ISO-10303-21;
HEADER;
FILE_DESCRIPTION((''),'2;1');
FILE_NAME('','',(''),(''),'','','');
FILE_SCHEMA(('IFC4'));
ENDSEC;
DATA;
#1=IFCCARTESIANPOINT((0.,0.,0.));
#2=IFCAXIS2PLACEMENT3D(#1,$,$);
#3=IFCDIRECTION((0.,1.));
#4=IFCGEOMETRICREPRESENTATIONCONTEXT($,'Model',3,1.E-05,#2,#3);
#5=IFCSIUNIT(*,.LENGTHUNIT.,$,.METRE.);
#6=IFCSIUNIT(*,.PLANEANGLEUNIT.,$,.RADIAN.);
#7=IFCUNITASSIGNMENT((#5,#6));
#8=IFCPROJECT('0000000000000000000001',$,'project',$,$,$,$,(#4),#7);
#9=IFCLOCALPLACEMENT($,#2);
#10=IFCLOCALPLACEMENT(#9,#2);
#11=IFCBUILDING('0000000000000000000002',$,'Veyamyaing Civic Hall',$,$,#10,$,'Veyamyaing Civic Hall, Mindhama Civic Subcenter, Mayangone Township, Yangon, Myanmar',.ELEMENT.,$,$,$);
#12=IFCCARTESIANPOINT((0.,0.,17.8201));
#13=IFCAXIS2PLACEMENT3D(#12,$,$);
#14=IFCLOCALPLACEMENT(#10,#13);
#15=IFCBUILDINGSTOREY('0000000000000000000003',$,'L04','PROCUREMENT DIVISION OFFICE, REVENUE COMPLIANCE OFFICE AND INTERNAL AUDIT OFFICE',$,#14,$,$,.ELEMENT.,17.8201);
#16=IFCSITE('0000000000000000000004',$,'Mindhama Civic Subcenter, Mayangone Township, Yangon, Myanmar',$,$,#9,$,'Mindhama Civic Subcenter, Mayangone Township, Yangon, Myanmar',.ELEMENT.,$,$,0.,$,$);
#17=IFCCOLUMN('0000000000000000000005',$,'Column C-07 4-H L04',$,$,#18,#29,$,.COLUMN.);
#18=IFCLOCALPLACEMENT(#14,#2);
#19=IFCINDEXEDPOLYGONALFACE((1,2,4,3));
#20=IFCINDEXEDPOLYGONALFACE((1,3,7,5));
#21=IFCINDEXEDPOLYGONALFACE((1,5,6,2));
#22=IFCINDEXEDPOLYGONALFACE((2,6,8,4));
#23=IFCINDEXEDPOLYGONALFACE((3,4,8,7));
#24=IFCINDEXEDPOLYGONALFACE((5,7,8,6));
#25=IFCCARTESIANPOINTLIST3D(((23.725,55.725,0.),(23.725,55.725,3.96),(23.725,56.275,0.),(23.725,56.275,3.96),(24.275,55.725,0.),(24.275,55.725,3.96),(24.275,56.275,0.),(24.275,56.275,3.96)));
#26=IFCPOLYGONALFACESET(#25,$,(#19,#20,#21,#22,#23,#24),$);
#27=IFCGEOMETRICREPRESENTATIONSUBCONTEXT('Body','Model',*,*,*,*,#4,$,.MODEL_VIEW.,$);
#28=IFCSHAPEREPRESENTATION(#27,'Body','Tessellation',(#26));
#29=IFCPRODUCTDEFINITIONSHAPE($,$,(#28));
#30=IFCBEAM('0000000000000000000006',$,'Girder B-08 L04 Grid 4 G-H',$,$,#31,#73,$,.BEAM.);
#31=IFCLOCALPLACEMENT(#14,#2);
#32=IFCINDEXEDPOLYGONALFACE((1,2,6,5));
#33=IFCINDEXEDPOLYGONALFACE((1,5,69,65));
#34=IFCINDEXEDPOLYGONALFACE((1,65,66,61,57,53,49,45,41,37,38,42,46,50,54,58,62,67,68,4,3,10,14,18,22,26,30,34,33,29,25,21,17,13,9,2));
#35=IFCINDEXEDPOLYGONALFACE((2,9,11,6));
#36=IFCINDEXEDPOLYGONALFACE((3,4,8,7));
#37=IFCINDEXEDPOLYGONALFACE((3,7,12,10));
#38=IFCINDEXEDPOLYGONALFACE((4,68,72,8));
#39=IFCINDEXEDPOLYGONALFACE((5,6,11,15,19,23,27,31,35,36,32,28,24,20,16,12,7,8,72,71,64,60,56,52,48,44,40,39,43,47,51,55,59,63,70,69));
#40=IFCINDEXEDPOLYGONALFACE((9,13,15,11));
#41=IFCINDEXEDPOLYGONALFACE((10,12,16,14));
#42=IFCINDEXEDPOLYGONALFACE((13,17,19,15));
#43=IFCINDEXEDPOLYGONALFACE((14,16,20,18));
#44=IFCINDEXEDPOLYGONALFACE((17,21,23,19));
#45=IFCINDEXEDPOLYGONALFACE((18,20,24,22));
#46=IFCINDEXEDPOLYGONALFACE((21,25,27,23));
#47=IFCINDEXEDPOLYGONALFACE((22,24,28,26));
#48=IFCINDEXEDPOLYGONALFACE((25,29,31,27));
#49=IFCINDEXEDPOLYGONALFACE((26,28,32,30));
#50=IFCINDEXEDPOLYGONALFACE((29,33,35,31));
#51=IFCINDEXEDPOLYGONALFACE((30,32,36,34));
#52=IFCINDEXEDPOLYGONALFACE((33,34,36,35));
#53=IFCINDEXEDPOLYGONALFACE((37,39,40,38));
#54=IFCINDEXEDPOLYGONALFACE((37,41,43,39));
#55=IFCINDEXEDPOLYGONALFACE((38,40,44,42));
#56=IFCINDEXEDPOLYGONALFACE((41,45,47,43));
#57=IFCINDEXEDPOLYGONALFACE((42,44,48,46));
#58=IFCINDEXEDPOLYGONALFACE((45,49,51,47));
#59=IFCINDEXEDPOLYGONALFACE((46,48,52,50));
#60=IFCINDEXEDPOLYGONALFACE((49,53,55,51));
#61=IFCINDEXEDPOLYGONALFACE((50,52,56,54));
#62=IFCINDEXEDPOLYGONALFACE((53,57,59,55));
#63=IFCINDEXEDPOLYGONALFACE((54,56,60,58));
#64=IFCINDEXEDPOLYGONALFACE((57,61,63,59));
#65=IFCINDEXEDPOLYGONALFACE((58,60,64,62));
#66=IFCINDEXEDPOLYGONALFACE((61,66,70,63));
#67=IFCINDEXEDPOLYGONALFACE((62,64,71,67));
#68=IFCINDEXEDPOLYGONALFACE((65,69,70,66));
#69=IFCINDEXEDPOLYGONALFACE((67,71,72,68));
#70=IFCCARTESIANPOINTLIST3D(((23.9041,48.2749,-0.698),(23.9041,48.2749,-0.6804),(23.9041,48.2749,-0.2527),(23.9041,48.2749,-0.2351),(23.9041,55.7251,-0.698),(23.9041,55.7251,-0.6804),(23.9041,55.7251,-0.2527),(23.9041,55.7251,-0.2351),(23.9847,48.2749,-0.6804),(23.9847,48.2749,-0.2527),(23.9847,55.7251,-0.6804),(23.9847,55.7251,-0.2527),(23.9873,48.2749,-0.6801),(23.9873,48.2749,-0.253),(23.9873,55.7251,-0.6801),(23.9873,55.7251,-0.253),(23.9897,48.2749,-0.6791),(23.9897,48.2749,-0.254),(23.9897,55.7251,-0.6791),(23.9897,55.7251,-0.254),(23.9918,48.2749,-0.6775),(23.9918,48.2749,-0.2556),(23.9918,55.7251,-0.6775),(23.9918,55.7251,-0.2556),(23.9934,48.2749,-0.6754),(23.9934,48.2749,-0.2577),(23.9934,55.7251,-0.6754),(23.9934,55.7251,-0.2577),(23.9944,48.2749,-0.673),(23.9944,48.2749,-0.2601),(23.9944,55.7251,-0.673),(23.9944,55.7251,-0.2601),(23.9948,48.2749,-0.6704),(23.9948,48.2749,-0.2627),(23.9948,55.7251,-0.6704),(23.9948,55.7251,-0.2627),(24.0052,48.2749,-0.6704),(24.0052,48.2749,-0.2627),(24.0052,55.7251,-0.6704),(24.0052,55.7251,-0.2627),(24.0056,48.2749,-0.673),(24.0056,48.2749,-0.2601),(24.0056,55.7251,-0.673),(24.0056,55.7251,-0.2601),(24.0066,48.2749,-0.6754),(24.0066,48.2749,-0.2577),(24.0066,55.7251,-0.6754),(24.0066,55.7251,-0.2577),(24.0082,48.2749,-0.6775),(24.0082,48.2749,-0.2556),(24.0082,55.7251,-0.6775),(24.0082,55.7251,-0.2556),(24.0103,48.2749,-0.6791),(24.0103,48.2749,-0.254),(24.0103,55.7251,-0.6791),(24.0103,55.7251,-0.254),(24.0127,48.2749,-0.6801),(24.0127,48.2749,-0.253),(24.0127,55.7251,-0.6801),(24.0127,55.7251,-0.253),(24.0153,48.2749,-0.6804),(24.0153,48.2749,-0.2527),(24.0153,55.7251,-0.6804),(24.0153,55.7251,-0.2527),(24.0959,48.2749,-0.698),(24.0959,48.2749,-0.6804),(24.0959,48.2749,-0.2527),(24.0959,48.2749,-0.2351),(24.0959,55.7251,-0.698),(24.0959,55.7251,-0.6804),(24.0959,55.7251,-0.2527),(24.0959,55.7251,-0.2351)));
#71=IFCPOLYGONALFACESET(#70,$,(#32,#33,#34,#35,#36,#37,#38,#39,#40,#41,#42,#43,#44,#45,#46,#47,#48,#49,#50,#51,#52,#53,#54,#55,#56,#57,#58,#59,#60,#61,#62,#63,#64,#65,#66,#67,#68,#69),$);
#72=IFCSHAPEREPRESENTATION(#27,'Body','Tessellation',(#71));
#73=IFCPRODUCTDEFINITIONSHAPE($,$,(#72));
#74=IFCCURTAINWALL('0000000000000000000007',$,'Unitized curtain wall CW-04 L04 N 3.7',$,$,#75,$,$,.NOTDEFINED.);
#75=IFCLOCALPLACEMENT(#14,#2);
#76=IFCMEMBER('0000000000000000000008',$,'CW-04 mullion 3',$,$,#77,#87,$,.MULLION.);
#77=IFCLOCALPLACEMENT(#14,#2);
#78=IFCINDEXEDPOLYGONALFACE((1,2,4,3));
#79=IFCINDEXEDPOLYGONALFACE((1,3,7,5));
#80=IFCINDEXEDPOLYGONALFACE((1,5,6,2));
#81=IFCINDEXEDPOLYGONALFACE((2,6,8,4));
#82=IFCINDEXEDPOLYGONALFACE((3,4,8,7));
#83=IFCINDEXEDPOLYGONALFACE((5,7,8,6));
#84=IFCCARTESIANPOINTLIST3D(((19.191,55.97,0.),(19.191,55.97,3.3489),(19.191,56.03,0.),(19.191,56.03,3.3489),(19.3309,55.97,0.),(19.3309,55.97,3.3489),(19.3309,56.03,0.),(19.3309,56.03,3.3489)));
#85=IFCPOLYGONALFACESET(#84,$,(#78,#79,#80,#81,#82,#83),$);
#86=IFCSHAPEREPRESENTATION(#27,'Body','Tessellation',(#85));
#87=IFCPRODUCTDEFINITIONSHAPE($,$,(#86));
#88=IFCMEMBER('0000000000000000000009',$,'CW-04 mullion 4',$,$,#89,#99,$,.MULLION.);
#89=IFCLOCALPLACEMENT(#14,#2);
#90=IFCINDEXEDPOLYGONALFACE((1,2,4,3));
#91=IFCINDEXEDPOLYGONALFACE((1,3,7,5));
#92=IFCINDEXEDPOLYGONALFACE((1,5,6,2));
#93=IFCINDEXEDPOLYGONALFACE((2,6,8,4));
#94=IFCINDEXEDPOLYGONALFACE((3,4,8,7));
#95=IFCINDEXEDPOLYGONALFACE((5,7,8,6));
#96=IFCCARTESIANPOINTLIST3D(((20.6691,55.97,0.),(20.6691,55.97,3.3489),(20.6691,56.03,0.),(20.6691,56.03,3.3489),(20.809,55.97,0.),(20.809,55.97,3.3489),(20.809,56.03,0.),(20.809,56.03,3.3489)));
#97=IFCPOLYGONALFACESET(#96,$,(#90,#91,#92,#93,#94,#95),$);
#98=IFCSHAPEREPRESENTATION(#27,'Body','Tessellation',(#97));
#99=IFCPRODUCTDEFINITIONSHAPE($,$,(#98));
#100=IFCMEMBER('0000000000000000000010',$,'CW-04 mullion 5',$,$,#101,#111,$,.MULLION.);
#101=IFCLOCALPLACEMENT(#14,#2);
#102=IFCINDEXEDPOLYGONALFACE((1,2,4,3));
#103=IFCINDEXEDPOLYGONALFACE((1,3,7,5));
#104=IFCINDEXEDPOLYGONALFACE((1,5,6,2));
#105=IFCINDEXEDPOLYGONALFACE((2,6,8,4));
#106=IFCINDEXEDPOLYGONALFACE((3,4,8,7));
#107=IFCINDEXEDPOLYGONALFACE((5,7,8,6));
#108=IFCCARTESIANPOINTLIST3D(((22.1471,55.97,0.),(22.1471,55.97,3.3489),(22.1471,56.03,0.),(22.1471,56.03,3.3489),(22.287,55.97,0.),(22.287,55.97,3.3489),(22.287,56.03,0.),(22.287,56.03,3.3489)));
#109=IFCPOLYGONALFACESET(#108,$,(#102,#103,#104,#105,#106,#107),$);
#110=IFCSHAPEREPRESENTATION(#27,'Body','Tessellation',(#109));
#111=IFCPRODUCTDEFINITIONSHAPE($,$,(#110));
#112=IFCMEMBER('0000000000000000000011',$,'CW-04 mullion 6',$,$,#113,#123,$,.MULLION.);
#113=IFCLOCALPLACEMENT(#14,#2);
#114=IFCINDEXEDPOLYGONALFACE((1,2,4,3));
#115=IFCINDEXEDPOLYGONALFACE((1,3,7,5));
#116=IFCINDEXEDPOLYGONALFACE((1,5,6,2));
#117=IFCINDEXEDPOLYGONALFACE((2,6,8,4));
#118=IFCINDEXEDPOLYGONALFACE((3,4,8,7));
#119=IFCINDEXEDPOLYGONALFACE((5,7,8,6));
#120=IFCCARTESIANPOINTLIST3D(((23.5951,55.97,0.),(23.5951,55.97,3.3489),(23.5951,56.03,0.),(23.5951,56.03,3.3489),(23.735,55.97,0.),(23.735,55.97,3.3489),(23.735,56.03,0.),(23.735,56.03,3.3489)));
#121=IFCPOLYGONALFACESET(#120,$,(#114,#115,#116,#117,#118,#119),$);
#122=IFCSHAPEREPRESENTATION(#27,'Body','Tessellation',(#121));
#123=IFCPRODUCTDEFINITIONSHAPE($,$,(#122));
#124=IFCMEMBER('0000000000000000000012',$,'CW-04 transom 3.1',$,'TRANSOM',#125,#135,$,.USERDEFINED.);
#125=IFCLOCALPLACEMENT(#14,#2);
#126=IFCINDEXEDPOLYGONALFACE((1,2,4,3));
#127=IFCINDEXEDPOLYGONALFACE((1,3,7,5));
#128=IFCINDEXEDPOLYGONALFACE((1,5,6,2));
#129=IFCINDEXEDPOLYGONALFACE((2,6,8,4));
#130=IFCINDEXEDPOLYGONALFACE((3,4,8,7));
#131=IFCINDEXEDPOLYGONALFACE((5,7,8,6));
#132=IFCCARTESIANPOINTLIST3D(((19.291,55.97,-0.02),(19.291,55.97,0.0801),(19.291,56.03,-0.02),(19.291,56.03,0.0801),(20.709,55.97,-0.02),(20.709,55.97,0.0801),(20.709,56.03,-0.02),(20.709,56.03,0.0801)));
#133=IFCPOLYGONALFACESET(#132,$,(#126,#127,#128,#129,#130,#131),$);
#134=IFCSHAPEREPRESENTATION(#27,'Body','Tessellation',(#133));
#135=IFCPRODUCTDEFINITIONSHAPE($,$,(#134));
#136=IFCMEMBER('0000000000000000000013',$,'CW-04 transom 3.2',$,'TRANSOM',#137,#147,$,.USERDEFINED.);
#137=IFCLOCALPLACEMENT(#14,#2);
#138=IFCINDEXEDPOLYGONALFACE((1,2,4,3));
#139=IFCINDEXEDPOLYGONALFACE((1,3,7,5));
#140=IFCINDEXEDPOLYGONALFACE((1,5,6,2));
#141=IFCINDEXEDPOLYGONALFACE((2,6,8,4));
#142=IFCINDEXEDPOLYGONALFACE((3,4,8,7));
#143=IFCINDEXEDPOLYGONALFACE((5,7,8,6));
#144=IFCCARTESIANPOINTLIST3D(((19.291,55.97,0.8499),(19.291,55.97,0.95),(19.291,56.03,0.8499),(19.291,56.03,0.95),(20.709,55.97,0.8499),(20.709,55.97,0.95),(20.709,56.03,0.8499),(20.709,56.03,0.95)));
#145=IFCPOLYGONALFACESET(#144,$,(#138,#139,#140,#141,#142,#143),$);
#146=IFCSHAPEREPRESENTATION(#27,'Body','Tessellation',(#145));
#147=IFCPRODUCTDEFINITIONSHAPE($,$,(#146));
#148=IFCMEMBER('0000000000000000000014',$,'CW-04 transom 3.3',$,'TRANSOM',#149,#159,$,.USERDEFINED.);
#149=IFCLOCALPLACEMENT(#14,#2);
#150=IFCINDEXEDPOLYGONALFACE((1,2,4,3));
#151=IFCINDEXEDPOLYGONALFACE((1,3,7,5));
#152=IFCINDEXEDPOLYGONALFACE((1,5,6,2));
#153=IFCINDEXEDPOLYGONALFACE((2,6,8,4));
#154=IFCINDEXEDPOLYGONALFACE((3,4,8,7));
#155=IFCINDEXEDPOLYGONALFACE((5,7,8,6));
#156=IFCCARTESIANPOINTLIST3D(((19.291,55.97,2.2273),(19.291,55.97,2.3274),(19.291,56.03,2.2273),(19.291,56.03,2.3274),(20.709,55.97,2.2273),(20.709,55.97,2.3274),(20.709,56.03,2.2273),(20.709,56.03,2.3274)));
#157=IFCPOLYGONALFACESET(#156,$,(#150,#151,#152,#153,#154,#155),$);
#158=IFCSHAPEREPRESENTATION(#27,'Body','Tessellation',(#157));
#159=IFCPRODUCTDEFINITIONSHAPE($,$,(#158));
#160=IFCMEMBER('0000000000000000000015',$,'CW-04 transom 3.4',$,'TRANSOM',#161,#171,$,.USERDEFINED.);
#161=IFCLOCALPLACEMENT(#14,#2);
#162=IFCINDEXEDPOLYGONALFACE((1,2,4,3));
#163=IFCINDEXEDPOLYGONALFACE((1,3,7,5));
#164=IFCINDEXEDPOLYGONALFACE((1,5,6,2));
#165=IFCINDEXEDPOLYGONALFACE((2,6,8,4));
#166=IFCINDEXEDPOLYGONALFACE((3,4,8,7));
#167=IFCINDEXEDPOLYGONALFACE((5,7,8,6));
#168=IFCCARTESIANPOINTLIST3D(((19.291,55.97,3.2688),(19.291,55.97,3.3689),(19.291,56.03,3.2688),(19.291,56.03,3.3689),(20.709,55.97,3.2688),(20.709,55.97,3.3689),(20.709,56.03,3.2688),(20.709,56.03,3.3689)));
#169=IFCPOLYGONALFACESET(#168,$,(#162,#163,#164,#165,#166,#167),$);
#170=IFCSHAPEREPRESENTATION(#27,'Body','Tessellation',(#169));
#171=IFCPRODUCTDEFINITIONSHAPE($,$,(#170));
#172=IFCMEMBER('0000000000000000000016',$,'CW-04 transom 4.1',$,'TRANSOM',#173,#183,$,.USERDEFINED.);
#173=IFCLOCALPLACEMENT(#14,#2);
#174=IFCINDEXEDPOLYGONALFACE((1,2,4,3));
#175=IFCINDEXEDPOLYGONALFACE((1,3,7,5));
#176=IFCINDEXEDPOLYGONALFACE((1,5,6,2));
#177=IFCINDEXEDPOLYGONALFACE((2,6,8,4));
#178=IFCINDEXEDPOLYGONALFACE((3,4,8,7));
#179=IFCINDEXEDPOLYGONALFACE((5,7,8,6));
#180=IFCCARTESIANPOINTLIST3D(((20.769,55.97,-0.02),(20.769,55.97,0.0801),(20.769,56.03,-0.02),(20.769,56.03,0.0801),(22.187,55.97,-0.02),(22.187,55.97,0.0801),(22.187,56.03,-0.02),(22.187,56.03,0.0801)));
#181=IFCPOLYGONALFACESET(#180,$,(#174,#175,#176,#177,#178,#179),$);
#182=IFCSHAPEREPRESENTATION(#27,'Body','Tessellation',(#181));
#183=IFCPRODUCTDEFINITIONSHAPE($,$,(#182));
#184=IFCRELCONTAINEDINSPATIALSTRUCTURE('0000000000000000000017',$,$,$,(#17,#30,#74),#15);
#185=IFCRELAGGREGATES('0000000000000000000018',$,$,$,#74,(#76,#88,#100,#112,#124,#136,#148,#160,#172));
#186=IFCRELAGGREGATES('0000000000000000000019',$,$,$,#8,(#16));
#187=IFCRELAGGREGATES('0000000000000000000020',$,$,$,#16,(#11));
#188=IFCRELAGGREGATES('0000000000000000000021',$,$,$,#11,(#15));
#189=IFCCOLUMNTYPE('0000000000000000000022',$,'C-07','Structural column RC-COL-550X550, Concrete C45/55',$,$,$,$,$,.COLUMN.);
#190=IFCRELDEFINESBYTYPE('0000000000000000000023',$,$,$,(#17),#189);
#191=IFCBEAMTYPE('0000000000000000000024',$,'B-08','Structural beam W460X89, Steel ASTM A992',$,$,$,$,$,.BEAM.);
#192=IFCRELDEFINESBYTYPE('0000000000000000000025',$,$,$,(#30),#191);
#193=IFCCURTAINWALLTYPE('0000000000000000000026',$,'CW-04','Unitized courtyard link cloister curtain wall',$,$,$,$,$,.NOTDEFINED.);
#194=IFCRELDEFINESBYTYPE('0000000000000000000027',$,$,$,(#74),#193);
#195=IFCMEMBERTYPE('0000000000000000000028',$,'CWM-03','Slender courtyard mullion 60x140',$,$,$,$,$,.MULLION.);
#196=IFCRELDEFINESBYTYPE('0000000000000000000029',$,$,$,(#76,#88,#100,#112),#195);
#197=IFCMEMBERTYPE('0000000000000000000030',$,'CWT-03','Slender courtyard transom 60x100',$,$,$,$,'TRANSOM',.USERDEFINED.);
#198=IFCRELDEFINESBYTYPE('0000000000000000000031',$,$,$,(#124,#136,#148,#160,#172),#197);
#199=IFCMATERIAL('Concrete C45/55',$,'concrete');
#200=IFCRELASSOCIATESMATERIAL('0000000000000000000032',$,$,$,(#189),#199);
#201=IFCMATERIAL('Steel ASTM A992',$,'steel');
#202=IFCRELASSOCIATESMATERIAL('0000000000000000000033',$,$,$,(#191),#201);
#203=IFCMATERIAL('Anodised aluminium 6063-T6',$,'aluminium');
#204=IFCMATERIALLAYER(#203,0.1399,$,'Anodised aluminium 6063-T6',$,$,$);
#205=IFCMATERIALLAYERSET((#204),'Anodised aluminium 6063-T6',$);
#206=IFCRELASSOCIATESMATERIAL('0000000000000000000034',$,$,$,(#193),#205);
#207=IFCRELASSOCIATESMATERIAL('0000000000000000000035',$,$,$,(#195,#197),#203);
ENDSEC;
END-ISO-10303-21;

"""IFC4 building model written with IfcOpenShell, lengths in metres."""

from ifc_helpers import new_model, si_unit, direction, frame, origin, origin_2d, place, context, subcontext, project, spatial, rectangle, i_section, extrude, material, layer, layer_set, material_profile, profile_set, type_object, element, aggregate, save


model = new_model("IFC4")

# Units and contexts
model_context = context("Model", 3, precision=1e-05, world=origin(), true_north=direction((0.0, 1.0)))
body_context = subcontext(model_context, "Body", "Model", "MODEL_VIEW")
ifc_project = project(units=[si_unit("LENGTHUNIT", "METRE"), si_unit("PLANEANGLEUNIT", "RADIAN")], contexts=[model_context])

# Site, building, storey
site_placement = place(None, origin())
site = spatial("IfcSite", under=ifc_project, at=site_placement, Name="Mindhama Civic Subcenter, Mayangone Township, Yangon, Myanmar", LongName="Mindhama Civic Subcenter, Mayangone Township, Yangon, Myanmar", CompositionType="ELEMENT", RefElevation=0.0)
building_placement = place(site_placement, origin())
building = spatial("IfcBuilding", under=site, at=building_placement, Name="Veyamyaing Civic Hall", LongName="Veyamyaing Civic Hall, Mindhama Civic Subcenter, Mayangone Township, Yangon, Myanmar", CompositionType="ELEMENT")
storey_placement = place(building_placement, frame((0.0, 0.0, 17.8201)))
storey = spatial("IfcBuildingStorey", under=building, at=storey_placement, Name="L04", Description="PROCUREMENT DIVISION OFFICE, REVENUE COMPLIANCE OFFICE AND INTERNAL AUDIT OFFICE", CompositionType="ELEMENT", Elevation=17.8201)

# Column
ifc_material_1 = material(Name="Concrete C45/55", Category="concrete")
ifc_material_profile_1 = material_profile(ifc_material_1, rectangle(XDim=0.55, YDim=0.55, at=origin_2d()), Name="RC-COL-550X550")
ifc_profile_set_1 = profile_set([ifc_material_profile_1], Name="Concrete C45/55")
column_type = type_object("IfcColumnType", Name="C-07", Description="Structural column RC-COL-550X550, Concrete C45/55", PredefinedType="COLUMN", material=ifc_profile_set_1)
column_placement = place(storey_placement, frame((24.0, 56.0, 0.0), z_axis=(0.0, 0.0, 1.0), x_axis=(1.0, 0.0, 0.0)))
element("IfcColumn", 1, at=column_placement, inside=storey, type_object=column_type, Name="Column C-07 4-H L04", PredefinedType="COLUMN", context=body_context, shape_type="SweptSolid", body=[
    extrude(rectangle(XDim=0.55, YDim=0.55, at=origin_2d()), origin(), (0.0, 0.0, 1.0), 3.96),
])

# Beam
ifc_material_2 = material(Name="Steel ASTM A992", Category="steel")
ifc_material_profile_2 = material_profile(ifc_material_2, i_section(OverallWidth=0.1919, OverallDepth=0.4629, WebThickness=0.0105, FlangeThickness=0.0176, FilletRadius=0.01, at=origin_2d()), Name="W460X89")
ifc_profile_set_2 = profile_set([ifc_material_profile_2], Name="Steel ASTM A992")
beam_type = type_object("IfcBeamType", Name="B-08", Description="Structural beam W460X89, Steel ASTM A992", PredefinedType="BEAM", material=ifc_profile_set_2)
beam_placement = place(storey_placement, frame((24.0, 48.2749, -0.4666), z_axis=(0.0, 1.0, 0.0), x_axis=(-1.0, 0.0, 0.0)))
element("IfcBeam", 2, at=beam_placement, inside=storey, type_object=beam_type, Name="Girder B-08 L04 Grid 4 G-H", PredefinedType="BEAM", context=body_context, shape_type="SweptSolid", body=[
    extrude(i_section(OverallWidth=0.1919, OverallDepth=0.4629, WebThickness=0.0105, FlangeThickness=0.0176, FilletRadius=0.01, at=origin_2d()), origin(), (0.0, 0.0, 1.0), 7.4502),
])

# Curtain wall, members
ifc_material_3 = material(Name="Anodised aluminium 6063-T6", Category="aluminium")
ifc_layer_1 = layer(ifc_material_3, 0.1399, Name="Anodised aluminium 6063-T6")
ifc_layer_set_1 = layer_set([ifc_layer_1], Name="Anodised aluminium 6063-T6")
curtain_wall_type = type_object("IfcCurtainWallType", Name="CW-04", Description="Unitized courtyard link cloister curtain wall", PredefinedType="NOTDEFINED", material=ifc_layer_set_1)
curtain_wall_placement = place(storey_placement, origin())
curtain_wall = element("IfcCurtainWall", 3, at=curtain_wall_placement, inside=storey, type_object=curtain_wall_type, Name="Unitized curtain wall CW-04 L04 N 3.7", PredefinedType="NOTDEFINED")
ifc_material_profile_3 = material_profile(ifc_material_3, rectangle(XDim=0.0601, YDim=0.1399, at=origin_2d()), Name="ALU-MUL-60X140")
ifc_profile_set_3 = profile_set([ifc_material_profile_3], Name="Anodised aluminium 6063-T6")
member_type_1 = type_object("IfcMemberType", Name="CWM-03", Description="Slender courtyard mullion 60x140", PredefinedType="MULLION", material=ifc_profile_set_3)
member_1_placement = place(storey_placement, frame((19.261, 56.0, 0.0), z_axis=(0.0, 0.0, 1.0), x_axis=(0.0, 1.0, 0.0)))
member_1 = element("IfcMember", 4, at=member_1_placement, type_object=member_type_1, Name="CW-04 mullion 3", PredefinedType="MULLION", context=body_context, shape_type="SweptSolid", body=[
    extrude(rectangle(XDim=0.0601, YDim=0.1399, at=origin_2d()), origin(), (0.0, 0.0, 1.0), 3.3489),
])
member_2_placement = place(storey_placement, frame((20.739, 56.0, 0.0), z_axis=(0.0, 0.0, 1.0), x_axis=(0.0, 1.0, 0.0)))
member_2 = element("IfcMember", 5, at=member_2_placement, type_object=member_type_1, Name="CW-04 mullion 4", PredefinedType="MULLION", context=body_context, shape_type="SweptSolid", body=[
    extrude(rectangle(XDim=0.0601, YDim=0.1399, at=origin_2d()), origin(), (0.0, 0.0, 1.0), 3.3489),
])
member_3_placement = place(storey_placement, frame((22.217, 56.0, 0.0), z_axis=(0.0, 0.0, 1.0), x_axis=(0.0, 1.0, 0.0)))
member_3 = element("IfcMember", 6, at=member_3_placement, type_object=member_type_1, Name="CW-04 mullion 5", PredefinedType="MULLION", context=body_context, shape_type="SweptSolid", body=[
    extrude(rectangle(XDim=0.0601, YDim=0.1399, at=origin_2d()), origin(), (0.0, 0.0, 1.0), 3.3489),
])
member_4_placement = place(storey_placement, frame((23.665, 56.0, 0.0), z_axis=(0.0, 0.0, 1.0), x_axis=(0.0, 1.0, 0.0)))
member_4 = element("IfcMember", 7, at=member_4_placement, type_object=member_type_1, Name="CW-04 mullion 6", PredefinedType="MULLION", context=body_context, shape_type="SweptSolid", body=[
    extrude(rectangle(XDim=0.0601, YDim=0.1399, at=origin_2d()), origin(), (0.0, 0.0, 1.0), 3.3489),
])
ifc_material_profile_4 = material_profile(ifc_material_3, rectangle(XDim=0.0601, YDim=0.1001, at=origin_2d()), Name="ALU-TRN-60X100")
ifc_profile_set_4 = profile_set([ifc_material_profile_4], Name="Anodised aluminium 6063-T6")
member_type_2 = type_object("IfcMemberType", Name="CWT-03", Description="Slender courtyard transom 60x100", ElementType="TRANSOM", PredefinedType="USERDEFINED", material=ifc_profile_set_4)
member_5_placement = place(storey_placement, frame((19.291, 56.0, 0.03), z_axis=(1.0, 0.0, 0.0), x_axis=(0.0, 1.0, 0.0)))
member_5 = element("IfcMember", 8, at=member_5_placement, type_object=member_type_2, Name="CW-04 transom 3.1", ObjectType="TRANSOM", PredefinedType="USERDEFINED", context=body_context, shape_type="SweptSolid", body=[
    extrude(rectangle(XDim=0.0601, YDim=0.1001, at=origin_2d()), origin(), (0.0, 0.0, 1.0), 1.418),
])
member_6_placement = place(storey_placement, frame((19.291, 56.0, 0.8999), z_axis=(1.0, 0.0, 0.0), x_axis=(0.0, 1.0, 0.0)))
member_6 = element("IfcMember", 9, at=member_6_placement, type_object=member_type_2, Name="CW-04 transom 3.2", ObjectType="TRANSOM", PredefinedType="USERDEFINED", context=body_context, shape_type="SweptSolid", body=[
    extrude(rectangle(XDim=0.0601, YDim=0.1001, at=origin_2d()), origin(), (0.0, 0.0, 1.0), 1.418),
])
member_7_placement = place(storey_placement, frame((19.291, 56.0, 2.2773), z_axis=(1.0, 0.0, 0.0), x_axis=(0.0, 1.0, 0.0)))
member_7 = element("IfcMember", 10, at=member_7_placement, type_object=member_type_2, Name="CW-04 transom 3.3", ObjectType="TRANSOM", PredefinedType="USERDEFINED", context=body_context, shape_type="SweptSolid", body=[
    extrude(rectangle(XDim=0.0601, YDim=0.1001, at=origin_2d()), origin(), (0.0, 0.0, 1.0), 1.418),
])
member_8_placement = place(storey_placement, frame((19.291, 56.0, 3.3188), z_axis=(1.0, 0.0, 0.0), x_axis=(0.0, 1.0, 0.0)))
member_8 = element("IfcMember", 11, at=member_8_placement, type_object=member_type_2, Name="CW-04 transom 3.4", ObjectType="TRANSOM", PredefinedType="USERDEFINED", context=body_context, shape_type="SweptSolid", body=[
    extrude(rectangle(XDim=0.0601, YDim=0.1001, at=origin_2d()), origin(), (0.0, 0.0, 1.0), 1.418),
])
member_9_placement = place(storey_placement, frame((20.769, 56.0, 0.03), z_axis=(1.0, 0.0, 0.0), x_axis=(0.0, 1.0, 0.0)))
member_9 = element("IfcMember", 12, at=member_9_placement, type_object=member_type_2, Name="CW-04 transom 4.1", ObjectType="TRANSOM", PredefinedType="USERDEFINED", context=body_context, shape_type="SweptSolid", body=[
    extrude(rectangle(XDim=0.0601, YDim=0.1001, at=origin_2d()), origin(), (0.0, 0.0, 1.0), 1.418),
])
aggregate(curtain_wall, [member_1, member_2, member_3, member_4, member_5, member_6, member_7, member_8, member_9])

save(model, "model.ifc")
